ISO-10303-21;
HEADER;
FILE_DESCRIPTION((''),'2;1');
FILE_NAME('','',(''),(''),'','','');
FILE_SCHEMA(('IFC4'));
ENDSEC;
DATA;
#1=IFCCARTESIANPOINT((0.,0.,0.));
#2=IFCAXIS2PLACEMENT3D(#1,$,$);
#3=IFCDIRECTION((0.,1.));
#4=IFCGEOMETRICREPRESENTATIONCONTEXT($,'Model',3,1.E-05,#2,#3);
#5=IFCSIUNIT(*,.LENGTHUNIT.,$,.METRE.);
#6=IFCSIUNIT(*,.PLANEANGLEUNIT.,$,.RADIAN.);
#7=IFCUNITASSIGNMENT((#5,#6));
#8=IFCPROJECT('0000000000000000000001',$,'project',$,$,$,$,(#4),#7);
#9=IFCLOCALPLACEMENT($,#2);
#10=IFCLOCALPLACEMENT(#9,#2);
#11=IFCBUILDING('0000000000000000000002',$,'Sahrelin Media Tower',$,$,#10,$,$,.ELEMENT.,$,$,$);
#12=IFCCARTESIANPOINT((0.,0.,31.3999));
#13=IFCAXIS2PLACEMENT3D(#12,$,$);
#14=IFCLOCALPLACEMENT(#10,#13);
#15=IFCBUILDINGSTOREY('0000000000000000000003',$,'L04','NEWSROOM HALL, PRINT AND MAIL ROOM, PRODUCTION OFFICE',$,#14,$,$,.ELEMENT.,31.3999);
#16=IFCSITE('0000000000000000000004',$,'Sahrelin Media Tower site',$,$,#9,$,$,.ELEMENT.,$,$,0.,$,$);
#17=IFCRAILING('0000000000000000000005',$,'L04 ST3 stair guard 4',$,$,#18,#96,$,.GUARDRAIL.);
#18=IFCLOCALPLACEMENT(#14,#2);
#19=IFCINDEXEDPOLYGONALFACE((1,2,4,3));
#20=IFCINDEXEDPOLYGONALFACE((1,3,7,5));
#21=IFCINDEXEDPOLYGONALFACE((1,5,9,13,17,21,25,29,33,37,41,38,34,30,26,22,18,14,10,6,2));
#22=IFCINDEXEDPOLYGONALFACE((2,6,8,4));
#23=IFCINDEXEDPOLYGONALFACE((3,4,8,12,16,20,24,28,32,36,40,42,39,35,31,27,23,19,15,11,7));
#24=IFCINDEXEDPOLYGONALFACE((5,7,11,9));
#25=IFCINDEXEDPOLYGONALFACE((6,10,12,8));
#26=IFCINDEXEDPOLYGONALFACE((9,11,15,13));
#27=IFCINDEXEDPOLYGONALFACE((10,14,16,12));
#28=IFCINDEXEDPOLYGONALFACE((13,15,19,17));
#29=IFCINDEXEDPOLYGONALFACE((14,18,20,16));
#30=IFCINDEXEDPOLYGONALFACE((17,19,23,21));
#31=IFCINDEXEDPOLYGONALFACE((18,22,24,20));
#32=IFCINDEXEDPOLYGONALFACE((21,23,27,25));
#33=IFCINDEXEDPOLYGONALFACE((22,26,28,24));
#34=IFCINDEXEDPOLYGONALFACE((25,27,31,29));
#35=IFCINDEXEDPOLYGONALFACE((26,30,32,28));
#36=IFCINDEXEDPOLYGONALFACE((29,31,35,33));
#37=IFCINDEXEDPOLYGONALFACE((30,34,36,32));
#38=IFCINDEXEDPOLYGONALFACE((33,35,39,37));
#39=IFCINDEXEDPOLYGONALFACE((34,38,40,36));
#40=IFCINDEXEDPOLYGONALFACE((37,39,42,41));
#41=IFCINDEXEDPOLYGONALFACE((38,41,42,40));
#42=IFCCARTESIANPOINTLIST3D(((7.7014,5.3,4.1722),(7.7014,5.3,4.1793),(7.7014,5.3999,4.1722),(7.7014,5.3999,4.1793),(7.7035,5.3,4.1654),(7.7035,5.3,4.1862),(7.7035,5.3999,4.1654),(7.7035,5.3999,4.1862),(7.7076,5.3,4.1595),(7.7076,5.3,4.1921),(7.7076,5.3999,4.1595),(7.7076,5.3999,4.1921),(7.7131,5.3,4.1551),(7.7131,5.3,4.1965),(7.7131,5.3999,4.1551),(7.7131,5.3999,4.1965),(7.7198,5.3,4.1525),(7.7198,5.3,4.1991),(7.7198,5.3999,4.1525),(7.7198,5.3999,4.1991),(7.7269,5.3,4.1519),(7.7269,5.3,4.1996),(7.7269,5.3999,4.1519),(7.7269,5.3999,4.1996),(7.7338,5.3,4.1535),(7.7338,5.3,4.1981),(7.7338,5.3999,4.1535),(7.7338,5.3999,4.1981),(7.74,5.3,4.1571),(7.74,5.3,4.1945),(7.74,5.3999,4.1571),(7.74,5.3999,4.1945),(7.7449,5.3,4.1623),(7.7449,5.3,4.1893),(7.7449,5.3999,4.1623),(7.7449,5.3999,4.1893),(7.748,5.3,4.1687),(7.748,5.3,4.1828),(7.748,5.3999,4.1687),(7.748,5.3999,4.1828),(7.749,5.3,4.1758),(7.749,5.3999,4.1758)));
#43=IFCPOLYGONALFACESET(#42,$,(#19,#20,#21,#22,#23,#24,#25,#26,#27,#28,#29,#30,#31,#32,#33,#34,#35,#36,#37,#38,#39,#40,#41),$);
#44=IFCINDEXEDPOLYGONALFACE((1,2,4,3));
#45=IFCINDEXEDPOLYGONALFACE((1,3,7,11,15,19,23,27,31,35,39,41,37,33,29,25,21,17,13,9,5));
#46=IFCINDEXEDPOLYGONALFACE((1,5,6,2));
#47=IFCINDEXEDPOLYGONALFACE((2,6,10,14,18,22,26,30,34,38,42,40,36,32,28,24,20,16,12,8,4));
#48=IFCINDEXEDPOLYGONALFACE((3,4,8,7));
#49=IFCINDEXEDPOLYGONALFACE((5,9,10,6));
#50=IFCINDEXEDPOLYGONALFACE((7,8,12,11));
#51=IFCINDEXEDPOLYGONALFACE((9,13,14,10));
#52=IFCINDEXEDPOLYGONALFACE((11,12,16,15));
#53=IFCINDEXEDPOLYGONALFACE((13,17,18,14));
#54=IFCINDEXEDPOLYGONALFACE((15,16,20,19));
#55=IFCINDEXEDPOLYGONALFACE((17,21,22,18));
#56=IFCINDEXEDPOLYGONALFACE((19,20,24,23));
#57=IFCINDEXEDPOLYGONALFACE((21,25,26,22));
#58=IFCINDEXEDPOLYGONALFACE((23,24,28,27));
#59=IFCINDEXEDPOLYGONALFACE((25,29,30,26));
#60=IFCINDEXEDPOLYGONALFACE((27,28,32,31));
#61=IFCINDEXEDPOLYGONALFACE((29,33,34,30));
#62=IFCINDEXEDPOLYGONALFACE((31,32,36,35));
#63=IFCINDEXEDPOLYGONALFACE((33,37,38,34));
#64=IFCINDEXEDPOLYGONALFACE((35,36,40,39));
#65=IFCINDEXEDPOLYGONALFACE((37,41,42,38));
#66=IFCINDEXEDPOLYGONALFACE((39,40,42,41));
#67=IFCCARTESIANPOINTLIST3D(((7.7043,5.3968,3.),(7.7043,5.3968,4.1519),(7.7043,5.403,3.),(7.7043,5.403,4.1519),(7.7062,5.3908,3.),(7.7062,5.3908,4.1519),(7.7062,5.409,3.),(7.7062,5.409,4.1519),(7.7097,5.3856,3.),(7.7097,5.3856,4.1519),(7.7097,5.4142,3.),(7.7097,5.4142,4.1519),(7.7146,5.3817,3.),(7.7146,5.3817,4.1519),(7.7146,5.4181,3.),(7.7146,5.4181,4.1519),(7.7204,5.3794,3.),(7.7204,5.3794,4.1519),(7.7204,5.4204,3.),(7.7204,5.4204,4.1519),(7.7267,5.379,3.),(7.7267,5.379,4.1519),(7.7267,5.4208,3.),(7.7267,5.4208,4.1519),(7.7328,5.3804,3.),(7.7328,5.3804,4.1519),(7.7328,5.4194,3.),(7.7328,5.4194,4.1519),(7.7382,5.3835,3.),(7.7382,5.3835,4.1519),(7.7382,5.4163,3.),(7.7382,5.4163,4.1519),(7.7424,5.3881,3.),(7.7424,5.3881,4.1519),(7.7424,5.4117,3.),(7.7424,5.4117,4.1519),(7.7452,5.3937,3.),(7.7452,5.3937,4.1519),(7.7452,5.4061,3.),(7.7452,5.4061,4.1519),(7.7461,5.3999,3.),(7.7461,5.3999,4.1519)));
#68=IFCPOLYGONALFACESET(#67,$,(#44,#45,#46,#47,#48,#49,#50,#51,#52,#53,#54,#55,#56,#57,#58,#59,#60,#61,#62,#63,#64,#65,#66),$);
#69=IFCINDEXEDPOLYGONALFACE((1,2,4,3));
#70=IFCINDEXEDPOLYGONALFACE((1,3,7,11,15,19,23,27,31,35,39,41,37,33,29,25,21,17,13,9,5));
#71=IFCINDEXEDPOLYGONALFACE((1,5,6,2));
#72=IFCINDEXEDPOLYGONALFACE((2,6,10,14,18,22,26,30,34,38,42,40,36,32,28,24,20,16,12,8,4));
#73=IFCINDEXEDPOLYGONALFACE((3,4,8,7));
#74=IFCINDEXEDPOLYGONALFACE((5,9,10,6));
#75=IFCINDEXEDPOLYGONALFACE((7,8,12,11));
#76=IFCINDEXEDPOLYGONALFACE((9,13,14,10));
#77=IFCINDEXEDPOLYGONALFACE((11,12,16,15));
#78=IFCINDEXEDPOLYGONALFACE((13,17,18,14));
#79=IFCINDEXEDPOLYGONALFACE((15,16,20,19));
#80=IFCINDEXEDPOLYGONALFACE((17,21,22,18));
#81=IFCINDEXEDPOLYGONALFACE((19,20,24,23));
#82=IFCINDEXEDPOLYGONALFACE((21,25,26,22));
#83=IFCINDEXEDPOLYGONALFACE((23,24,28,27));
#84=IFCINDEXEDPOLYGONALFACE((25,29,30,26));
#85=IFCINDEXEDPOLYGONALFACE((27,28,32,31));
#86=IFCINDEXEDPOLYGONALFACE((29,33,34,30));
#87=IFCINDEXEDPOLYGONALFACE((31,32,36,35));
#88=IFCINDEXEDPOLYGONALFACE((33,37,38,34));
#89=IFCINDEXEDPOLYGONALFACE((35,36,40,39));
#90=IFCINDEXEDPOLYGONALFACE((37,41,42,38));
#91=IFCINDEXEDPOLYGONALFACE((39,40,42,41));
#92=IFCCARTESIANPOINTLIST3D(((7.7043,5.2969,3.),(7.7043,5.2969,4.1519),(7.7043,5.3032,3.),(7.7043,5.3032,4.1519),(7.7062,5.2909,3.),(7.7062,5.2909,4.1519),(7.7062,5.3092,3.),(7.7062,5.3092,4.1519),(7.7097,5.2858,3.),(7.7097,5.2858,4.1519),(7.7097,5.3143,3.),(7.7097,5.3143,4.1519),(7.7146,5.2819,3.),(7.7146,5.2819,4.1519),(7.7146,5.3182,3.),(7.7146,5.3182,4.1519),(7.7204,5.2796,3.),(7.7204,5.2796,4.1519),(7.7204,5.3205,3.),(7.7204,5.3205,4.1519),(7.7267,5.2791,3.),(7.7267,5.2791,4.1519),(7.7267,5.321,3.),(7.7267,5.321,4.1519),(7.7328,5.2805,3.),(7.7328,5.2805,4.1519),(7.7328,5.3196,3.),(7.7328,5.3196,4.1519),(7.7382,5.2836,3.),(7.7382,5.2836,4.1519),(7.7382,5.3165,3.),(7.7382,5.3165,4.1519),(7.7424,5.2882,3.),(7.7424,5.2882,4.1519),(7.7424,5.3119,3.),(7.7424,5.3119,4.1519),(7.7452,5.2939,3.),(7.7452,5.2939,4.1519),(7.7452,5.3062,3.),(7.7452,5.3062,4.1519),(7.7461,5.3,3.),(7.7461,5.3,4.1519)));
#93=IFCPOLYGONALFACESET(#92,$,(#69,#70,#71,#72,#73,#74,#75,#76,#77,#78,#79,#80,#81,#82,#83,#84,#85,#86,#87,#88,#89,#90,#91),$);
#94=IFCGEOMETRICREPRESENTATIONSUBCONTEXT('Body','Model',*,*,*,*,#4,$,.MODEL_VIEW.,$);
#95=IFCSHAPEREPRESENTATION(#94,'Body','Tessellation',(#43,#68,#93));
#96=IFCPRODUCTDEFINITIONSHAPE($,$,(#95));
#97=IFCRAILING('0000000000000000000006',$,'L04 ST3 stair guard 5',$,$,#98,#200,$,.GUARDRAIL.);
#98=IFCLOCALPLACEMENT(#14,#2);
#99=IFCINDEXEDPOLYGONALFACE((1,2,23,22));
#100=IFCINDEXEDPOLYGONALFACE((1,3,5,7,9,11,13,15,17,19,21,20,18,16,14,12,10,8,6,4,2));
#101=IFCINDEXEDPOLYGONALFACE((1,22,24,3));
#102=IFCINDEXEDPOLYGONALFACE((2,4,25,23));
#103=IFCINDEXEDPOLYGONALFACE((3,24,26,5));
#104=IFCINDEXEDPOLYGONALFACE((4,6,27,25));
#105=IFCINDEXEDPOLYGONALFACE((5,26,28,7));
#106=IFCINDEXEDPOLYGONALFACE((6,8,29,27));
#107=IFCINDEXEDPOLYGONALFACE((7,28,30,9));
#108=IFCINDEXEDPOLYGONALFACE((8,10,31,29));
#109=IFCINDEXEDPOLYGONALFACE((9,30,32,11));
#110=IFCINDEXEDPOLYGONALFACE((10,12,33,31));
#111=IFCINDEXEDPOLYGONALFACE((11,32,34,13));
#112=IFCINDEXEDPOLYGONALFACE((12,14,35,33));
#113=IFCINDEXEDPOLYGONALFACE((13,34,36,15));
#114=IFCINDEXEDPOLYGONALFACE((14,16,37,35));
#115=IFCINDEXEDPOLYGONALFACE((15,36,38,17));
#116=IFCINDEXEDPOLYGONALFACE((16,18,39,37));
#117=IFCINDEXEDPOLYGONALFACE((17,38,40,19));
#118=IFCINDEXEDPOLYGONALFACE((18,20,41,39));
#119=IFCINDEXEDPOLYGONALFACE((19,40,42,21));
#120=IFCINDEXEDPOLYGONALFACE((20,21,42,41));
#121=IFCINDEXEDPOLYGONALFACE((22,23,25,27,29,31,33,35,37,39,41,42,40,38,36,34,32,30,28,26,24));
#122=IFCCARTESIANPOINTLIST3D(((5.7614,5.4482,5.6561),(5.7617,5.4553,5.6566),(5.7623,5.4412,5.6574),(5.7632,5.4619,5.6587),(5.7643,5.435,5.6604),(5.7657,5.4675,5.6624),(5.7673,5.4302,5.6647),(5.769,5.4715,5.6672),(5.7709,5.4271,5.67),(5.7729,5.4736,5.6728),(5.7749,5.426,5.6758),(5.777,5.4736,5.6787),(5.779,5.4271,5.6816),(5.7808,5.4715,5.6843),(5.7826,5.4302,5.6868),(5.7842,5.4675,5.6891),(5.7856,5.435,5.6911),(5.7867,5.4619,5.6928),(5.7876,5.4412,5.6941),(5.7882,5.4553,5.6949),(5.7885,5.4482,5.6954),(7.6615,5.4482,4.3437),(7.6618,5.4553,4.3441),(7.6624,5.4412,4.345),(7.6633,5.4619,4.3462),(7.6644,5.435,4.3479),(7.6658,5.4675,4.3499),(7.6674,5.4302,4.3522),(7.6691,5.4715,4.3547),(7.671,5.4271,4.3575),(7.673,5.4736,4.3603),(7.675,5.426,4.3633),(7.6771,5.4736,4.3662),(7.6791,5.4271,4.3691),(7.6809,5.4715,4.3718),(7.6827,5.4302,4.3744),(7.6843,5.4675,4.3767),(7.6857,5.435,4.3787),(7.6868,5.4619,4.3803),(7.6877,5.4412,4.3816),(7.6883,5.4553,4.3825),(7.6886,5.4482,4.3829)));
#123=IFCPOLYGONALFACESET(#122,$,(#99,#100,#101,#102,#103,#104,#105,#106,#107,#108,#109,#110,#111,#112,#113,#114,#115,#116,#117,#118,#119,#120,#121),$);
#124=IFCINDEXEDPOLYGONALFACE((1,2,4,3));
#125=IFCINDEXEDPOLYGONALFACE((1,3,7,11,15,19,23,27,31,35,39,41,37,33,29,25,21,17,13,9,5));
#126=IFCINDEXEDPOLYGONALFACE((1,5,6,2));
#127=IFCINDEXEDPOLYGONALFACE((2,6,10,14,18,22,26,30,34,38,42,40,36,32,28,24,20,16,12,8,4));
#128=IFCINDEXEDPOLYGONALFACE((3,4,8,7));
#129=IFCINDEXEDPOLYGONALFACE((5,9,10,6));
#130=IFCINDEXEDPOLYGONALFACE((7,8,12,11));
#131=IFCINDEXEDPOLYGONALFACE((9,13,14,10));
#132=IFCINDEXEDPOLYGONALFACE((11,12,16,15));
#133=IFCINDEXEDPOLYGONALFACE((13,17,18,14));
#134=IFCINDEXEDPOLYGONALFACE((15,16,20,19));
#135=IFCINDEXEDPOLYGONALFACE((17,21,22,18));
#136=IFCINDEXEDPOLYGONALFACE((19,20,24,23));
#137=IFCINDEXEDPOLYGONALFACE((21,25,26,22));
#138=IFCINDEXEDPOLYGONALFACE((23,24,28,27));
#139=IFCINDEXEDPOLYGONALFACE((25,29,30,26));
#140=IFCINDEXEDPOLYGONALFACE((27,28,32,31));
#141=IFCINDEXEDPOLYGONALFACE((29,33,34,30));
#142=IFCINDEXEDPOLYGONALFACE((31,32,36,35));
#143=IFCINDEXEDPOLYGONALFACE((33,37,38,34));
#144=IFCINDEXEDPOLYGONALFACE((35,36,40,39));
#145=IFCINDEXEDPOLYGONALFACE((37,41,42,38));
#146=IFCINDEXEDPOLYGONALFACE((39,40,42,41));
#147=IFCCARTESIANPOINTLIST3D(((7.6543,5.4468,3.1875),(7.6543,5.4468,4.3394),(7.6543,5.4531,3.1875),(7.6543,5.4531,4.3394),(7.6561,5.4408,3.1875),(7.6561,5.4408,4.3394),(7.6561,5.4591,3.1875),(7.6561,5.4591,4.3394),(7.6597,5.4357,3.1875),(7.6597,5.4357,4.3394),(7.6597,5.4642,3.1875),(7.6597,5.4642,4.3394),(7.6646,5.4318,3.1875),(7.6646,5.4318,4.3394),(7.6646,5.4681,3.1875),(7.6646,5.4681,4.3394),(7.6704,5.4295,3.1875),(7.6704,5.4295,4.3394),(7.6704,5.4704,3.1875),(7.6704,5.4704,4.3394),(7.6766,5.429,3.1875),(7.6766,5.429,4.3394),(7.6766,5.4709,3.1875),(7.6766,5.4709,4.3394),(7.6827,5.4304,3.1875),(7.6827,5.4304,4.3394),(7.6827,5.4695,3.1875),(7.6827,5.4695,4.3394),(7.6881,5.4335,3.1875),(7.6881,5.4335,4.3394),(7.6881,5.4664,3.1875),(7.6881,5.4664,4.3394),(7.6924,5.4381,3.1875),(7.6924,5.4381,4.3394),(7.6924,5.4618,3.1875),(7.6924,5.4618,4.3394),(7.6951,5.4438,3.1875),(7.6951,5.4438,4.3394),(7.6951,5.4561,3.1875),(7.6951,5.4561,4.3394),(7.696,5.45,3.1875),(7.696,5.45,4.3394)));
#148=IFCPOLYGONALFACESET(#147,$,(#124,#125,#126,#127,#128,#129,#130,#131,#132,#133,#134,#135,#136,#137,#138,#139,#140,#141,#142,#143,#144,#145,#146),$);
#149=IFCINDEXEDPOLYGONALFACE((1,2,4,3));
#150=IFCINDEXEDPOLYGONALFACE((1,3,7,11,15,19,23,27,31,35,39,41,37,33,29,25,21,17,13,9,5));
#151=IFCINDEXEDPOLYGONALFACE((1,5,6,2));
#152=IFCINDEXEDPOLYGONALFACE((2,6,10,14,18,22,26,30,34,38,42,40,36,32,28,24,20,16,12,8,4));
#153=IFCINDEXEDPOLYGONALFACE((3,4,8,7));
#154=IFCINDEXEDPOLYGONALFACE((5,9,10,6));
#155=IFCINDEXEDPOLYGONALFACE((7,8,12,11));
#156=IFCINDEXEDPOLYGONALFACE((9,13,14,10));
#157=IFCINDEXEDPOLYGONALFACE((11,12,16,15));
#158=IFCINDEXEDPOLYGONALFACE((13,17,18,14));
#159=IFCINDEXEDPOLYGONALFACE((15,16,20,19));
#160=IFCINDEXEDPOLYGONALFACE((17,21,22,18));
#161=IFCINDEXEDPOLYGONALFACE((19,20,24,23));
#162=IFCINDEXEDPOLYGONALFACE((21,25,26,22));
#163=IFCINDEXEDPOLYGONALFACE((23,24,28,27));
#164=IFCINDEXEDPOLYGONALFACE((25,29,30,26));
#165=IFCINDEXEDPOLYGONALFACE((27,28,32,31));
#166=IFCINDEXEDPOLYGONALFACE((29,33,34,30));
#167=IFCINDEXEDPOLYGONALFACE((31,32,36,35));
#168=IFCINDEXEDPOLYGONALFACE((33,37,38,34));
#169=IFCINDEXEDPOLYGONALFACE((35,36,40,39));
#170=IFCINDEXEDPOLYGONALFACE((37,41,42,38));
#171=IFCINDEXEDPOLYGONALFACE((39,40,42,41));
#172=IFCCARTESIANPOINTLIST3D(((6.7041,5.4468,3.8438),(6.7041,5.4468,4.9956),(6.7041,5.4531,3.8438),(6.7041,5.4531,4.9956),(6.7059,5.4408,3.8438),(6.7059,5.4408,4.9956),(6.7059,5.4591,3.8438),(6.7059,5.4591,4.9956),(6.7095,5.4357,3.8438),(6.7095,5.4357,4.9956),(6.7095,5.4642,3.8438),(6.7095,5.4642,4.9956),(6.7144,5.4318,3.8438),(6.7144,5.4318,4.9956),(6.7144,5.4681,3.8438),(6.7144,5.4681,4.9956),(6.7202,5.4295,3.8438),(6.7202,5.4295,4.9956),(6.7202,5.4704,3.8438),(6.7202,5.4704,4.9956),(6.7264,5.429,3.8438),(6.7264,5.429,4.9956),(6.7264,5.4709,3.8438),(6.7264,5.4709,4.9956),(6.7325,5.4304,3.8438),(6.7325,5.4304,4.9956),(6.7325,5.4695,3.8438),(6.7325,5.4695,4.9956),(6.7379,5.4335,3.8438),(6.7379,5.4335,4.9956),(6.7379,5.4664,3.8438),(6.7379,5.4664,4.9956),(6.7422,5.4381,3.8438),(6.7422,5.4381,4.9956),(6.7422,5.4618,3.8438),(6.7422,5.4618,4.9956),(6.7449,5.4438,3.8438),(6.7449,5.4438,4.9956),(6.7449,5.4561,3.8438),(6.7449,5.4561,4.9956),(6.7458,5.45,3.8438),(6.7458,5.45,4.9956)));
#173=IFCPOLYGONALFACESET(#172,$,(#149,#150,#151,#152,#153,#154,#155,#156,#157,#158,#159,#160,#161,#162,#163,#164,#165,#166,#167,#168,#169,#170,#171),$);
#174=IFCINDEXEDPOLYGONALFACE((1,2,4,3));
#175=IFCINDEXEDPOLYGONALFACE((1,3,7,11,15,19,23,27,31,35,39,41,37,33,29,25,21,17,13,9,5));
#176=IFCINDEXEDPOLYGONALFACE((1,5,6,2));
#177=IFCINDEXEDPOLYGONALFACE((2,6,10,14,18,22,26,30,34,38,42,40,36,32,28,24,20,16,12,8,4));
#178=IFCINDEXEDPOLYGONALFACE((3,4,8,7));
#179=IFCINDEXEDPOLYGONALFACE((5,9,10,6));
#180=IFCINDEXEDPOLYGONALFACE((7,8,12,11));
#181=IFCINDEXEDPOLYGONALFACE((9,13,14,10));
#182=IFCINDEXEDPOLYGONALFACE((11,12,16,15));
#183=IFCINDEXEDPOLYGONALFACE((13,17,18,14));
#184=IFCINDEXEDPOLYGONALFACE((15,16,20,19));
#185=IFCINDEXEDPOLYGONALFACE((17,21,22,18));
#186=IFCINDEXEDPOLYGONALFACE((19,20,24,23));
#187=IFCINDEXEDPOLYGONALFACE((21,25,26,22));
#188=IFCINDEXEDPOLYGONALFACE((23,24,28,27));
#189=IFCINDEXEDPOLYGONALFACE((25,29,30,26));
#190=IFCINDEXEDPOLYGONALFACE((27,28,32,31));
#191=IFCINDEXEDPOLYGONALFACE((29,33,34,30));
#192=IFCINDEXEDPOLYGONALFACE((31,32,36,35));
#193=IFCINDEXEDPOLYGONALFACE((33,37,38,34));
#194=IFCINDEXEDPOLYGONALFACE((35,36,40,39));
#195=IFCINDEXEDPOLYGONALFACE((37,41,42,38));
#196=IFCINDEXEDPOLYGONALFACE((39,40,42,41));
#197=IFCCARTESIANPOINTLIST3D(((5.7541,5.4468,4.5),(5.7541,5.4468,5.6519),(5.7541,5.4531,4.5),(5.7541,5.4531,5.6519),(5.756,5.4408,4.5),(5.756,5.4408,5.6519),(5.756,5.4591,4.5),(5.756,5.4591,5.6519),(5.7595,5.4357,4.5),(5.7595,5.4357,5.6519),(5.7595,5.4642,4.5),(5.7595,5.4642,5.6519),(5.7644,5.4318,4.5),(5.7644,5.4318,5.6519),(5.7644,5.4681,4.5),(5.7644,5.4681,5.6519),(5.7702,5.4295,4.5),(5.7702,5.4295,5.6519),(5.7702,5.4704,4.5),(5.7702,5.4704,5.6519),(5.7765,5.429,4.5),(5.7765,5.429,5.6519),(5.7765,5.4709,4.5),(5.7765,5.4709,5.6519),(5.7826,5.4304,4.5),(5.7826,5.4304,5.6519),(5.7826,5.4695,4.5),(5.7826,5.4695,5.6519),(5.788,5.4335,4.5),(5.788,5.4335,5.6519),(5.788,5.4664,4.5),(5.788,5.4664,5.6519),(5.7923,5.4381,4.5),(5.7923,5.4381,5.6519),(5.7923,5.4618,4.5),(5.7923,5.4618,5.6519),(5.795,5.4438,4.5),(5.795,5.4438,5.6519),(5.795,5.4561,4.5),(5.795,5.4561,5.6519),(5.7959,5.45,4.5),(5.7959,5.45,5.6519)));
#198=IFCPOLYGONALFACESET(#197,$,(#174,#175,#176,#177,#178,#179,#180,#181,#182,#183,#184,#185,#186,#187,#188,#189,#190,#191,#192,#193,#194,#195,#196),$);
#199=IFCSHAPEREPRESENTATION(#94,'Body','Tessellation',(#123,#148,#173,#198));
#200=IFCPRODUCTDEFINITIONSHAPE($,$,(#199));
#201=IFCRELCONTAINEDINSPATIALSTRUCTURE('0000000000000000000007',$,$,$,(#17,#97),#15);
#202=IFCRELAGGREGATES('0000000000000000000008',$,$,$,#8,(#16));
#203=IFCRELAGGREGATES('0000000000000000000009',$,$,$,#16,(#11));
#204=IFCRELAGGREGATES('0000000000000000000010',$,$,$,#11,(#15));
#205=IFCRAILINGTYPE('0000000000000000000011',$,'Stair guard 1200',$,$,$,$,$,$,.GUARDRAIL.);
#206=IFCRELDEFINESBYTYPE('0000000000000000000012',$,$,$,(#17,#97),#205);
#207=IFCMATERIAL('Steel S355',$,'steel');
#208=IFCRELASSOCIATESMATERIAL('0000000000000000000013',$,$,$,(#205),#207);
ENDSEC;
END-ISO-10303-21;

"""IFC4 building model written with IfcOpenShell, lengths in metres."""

from ifc_helpers import new_model, si_unit, direction, frame, origin, origin_2d, place, context, subcontext, project, spatial, circle, extrude, material, type_object, element, save


model = new_model("IFC4")

# Units and contexts
model_context = context("Model", 3, precision=1e-05, world=origin(), true_north=direction((0.0, 1.0)))
body_context = subcontext(model_context, "Body", "Model", "MODEL_VIEW")
ifc_project = project(units=[si_unit("LENGTHUNIT", "METRE"), si_unit("PLANEANGLEUNIT", "RADIAN")], contexts=[model_context])

# Site, building, storey
site_placement = place(None, origin())
site = spatial("IfcSite", under=ifc_project, at=site_placement, Name="Sahrelin Media Tower site", CompositionType="ELEMENT", RefElevation=0.0)
building_placement = place(site_placement, origin())
building = spatial("IfcBuilding", under=site, at=building_placement, Name="Sahrelin Media Tower", CompositionType="ELEMENT")
storey_placement = place(building_placement, frame((0.0, 0.0, 31.3999)))
storey = spatial("IfcBuildingStorey", under=building, at=storey_placement, Name="L04", Description="NEWSROOM HALL, PRINT AND MAIL ROOM, PRODUCTION OFFICE", CompositionType="ELEMENT", Elevation=31.3999)

# Shared definitions
ifc_material_1 = material(Name="Steel S355", Category="steel")

# Railings
railing_type_1 = type_object("IfcRailingType", Name="Stair guard 1200", PredefinedType="GUARDRAIL", material=ifc_material_1)
railing_1_placement = place(storey_placement, frame((7.7251, 5.3999, 3.0)))
element("IfcRailing", 1, at=railing_1_placement, inside=storey, type_object=railing_type_1, Name="L04 ST3 stair guard 4", PredefinedType="GUARDRAIL", context=body_context, shape_type="SweptSolid", body=[
    extrude(circle(Radius=0.0239, at=origin_2d()), frame((0.0, 0.0, 1.1758), z_axis=(0.0, -1.0, 0.0), x_axis=(1.0, 0.0, 0.0)), (0.0, 0.0, 1.0), 0.0999),
    extrude(circle(Radius=0.021, at=origin_2d()), origin(), (0.0, 0.0, 1.0), 1.1519),
    extrude(circle(Radius=0.021, at=origin_2d()), frame((0.0, -0.0999, 0.0)), (0.0, 0.0, 1.0), 1.1519),
])
railing_2_placement = place(storey_placement, frame((7.675, 5.45, 3.1875)))
element("IfcRailing", 2, at=railing_2_placement, inside=storey, type_object=railing_type_1, Name="L04 ST3 stair guard 5", PredefinedType="GUARDRAIL", context=body_context, shape_type="SweptSolid", body=[
    extrude(circle(Radius=0.0239, at=origin_2d()), frame((0.0, 0.0, 1.1758), z_axis=(-0.822797, 0.0, 0.568336), x_axis=(0.0, -1.0, 0.0)), (0.0, 0.0, 1.0), 2.3093),
    extrude(circle(Radius=0.021, at=origin_2d()), origin(), (0.0, 0.0, 1.0), 1.1519),
    extrude(circle(Radius=0.021, at=origin_2d()), frame((-0.9502, 0.0, 0.6562)), (0.0, 0.0, 1.0), 1.1519),
    extrude(circle(Radius=0.021, at=origin_2d()), frame((-1.9001, 0.0, 1.3125)), (0.0, 0.0, 1.0), 1.1519),
])

save(model, "model.ifc")
